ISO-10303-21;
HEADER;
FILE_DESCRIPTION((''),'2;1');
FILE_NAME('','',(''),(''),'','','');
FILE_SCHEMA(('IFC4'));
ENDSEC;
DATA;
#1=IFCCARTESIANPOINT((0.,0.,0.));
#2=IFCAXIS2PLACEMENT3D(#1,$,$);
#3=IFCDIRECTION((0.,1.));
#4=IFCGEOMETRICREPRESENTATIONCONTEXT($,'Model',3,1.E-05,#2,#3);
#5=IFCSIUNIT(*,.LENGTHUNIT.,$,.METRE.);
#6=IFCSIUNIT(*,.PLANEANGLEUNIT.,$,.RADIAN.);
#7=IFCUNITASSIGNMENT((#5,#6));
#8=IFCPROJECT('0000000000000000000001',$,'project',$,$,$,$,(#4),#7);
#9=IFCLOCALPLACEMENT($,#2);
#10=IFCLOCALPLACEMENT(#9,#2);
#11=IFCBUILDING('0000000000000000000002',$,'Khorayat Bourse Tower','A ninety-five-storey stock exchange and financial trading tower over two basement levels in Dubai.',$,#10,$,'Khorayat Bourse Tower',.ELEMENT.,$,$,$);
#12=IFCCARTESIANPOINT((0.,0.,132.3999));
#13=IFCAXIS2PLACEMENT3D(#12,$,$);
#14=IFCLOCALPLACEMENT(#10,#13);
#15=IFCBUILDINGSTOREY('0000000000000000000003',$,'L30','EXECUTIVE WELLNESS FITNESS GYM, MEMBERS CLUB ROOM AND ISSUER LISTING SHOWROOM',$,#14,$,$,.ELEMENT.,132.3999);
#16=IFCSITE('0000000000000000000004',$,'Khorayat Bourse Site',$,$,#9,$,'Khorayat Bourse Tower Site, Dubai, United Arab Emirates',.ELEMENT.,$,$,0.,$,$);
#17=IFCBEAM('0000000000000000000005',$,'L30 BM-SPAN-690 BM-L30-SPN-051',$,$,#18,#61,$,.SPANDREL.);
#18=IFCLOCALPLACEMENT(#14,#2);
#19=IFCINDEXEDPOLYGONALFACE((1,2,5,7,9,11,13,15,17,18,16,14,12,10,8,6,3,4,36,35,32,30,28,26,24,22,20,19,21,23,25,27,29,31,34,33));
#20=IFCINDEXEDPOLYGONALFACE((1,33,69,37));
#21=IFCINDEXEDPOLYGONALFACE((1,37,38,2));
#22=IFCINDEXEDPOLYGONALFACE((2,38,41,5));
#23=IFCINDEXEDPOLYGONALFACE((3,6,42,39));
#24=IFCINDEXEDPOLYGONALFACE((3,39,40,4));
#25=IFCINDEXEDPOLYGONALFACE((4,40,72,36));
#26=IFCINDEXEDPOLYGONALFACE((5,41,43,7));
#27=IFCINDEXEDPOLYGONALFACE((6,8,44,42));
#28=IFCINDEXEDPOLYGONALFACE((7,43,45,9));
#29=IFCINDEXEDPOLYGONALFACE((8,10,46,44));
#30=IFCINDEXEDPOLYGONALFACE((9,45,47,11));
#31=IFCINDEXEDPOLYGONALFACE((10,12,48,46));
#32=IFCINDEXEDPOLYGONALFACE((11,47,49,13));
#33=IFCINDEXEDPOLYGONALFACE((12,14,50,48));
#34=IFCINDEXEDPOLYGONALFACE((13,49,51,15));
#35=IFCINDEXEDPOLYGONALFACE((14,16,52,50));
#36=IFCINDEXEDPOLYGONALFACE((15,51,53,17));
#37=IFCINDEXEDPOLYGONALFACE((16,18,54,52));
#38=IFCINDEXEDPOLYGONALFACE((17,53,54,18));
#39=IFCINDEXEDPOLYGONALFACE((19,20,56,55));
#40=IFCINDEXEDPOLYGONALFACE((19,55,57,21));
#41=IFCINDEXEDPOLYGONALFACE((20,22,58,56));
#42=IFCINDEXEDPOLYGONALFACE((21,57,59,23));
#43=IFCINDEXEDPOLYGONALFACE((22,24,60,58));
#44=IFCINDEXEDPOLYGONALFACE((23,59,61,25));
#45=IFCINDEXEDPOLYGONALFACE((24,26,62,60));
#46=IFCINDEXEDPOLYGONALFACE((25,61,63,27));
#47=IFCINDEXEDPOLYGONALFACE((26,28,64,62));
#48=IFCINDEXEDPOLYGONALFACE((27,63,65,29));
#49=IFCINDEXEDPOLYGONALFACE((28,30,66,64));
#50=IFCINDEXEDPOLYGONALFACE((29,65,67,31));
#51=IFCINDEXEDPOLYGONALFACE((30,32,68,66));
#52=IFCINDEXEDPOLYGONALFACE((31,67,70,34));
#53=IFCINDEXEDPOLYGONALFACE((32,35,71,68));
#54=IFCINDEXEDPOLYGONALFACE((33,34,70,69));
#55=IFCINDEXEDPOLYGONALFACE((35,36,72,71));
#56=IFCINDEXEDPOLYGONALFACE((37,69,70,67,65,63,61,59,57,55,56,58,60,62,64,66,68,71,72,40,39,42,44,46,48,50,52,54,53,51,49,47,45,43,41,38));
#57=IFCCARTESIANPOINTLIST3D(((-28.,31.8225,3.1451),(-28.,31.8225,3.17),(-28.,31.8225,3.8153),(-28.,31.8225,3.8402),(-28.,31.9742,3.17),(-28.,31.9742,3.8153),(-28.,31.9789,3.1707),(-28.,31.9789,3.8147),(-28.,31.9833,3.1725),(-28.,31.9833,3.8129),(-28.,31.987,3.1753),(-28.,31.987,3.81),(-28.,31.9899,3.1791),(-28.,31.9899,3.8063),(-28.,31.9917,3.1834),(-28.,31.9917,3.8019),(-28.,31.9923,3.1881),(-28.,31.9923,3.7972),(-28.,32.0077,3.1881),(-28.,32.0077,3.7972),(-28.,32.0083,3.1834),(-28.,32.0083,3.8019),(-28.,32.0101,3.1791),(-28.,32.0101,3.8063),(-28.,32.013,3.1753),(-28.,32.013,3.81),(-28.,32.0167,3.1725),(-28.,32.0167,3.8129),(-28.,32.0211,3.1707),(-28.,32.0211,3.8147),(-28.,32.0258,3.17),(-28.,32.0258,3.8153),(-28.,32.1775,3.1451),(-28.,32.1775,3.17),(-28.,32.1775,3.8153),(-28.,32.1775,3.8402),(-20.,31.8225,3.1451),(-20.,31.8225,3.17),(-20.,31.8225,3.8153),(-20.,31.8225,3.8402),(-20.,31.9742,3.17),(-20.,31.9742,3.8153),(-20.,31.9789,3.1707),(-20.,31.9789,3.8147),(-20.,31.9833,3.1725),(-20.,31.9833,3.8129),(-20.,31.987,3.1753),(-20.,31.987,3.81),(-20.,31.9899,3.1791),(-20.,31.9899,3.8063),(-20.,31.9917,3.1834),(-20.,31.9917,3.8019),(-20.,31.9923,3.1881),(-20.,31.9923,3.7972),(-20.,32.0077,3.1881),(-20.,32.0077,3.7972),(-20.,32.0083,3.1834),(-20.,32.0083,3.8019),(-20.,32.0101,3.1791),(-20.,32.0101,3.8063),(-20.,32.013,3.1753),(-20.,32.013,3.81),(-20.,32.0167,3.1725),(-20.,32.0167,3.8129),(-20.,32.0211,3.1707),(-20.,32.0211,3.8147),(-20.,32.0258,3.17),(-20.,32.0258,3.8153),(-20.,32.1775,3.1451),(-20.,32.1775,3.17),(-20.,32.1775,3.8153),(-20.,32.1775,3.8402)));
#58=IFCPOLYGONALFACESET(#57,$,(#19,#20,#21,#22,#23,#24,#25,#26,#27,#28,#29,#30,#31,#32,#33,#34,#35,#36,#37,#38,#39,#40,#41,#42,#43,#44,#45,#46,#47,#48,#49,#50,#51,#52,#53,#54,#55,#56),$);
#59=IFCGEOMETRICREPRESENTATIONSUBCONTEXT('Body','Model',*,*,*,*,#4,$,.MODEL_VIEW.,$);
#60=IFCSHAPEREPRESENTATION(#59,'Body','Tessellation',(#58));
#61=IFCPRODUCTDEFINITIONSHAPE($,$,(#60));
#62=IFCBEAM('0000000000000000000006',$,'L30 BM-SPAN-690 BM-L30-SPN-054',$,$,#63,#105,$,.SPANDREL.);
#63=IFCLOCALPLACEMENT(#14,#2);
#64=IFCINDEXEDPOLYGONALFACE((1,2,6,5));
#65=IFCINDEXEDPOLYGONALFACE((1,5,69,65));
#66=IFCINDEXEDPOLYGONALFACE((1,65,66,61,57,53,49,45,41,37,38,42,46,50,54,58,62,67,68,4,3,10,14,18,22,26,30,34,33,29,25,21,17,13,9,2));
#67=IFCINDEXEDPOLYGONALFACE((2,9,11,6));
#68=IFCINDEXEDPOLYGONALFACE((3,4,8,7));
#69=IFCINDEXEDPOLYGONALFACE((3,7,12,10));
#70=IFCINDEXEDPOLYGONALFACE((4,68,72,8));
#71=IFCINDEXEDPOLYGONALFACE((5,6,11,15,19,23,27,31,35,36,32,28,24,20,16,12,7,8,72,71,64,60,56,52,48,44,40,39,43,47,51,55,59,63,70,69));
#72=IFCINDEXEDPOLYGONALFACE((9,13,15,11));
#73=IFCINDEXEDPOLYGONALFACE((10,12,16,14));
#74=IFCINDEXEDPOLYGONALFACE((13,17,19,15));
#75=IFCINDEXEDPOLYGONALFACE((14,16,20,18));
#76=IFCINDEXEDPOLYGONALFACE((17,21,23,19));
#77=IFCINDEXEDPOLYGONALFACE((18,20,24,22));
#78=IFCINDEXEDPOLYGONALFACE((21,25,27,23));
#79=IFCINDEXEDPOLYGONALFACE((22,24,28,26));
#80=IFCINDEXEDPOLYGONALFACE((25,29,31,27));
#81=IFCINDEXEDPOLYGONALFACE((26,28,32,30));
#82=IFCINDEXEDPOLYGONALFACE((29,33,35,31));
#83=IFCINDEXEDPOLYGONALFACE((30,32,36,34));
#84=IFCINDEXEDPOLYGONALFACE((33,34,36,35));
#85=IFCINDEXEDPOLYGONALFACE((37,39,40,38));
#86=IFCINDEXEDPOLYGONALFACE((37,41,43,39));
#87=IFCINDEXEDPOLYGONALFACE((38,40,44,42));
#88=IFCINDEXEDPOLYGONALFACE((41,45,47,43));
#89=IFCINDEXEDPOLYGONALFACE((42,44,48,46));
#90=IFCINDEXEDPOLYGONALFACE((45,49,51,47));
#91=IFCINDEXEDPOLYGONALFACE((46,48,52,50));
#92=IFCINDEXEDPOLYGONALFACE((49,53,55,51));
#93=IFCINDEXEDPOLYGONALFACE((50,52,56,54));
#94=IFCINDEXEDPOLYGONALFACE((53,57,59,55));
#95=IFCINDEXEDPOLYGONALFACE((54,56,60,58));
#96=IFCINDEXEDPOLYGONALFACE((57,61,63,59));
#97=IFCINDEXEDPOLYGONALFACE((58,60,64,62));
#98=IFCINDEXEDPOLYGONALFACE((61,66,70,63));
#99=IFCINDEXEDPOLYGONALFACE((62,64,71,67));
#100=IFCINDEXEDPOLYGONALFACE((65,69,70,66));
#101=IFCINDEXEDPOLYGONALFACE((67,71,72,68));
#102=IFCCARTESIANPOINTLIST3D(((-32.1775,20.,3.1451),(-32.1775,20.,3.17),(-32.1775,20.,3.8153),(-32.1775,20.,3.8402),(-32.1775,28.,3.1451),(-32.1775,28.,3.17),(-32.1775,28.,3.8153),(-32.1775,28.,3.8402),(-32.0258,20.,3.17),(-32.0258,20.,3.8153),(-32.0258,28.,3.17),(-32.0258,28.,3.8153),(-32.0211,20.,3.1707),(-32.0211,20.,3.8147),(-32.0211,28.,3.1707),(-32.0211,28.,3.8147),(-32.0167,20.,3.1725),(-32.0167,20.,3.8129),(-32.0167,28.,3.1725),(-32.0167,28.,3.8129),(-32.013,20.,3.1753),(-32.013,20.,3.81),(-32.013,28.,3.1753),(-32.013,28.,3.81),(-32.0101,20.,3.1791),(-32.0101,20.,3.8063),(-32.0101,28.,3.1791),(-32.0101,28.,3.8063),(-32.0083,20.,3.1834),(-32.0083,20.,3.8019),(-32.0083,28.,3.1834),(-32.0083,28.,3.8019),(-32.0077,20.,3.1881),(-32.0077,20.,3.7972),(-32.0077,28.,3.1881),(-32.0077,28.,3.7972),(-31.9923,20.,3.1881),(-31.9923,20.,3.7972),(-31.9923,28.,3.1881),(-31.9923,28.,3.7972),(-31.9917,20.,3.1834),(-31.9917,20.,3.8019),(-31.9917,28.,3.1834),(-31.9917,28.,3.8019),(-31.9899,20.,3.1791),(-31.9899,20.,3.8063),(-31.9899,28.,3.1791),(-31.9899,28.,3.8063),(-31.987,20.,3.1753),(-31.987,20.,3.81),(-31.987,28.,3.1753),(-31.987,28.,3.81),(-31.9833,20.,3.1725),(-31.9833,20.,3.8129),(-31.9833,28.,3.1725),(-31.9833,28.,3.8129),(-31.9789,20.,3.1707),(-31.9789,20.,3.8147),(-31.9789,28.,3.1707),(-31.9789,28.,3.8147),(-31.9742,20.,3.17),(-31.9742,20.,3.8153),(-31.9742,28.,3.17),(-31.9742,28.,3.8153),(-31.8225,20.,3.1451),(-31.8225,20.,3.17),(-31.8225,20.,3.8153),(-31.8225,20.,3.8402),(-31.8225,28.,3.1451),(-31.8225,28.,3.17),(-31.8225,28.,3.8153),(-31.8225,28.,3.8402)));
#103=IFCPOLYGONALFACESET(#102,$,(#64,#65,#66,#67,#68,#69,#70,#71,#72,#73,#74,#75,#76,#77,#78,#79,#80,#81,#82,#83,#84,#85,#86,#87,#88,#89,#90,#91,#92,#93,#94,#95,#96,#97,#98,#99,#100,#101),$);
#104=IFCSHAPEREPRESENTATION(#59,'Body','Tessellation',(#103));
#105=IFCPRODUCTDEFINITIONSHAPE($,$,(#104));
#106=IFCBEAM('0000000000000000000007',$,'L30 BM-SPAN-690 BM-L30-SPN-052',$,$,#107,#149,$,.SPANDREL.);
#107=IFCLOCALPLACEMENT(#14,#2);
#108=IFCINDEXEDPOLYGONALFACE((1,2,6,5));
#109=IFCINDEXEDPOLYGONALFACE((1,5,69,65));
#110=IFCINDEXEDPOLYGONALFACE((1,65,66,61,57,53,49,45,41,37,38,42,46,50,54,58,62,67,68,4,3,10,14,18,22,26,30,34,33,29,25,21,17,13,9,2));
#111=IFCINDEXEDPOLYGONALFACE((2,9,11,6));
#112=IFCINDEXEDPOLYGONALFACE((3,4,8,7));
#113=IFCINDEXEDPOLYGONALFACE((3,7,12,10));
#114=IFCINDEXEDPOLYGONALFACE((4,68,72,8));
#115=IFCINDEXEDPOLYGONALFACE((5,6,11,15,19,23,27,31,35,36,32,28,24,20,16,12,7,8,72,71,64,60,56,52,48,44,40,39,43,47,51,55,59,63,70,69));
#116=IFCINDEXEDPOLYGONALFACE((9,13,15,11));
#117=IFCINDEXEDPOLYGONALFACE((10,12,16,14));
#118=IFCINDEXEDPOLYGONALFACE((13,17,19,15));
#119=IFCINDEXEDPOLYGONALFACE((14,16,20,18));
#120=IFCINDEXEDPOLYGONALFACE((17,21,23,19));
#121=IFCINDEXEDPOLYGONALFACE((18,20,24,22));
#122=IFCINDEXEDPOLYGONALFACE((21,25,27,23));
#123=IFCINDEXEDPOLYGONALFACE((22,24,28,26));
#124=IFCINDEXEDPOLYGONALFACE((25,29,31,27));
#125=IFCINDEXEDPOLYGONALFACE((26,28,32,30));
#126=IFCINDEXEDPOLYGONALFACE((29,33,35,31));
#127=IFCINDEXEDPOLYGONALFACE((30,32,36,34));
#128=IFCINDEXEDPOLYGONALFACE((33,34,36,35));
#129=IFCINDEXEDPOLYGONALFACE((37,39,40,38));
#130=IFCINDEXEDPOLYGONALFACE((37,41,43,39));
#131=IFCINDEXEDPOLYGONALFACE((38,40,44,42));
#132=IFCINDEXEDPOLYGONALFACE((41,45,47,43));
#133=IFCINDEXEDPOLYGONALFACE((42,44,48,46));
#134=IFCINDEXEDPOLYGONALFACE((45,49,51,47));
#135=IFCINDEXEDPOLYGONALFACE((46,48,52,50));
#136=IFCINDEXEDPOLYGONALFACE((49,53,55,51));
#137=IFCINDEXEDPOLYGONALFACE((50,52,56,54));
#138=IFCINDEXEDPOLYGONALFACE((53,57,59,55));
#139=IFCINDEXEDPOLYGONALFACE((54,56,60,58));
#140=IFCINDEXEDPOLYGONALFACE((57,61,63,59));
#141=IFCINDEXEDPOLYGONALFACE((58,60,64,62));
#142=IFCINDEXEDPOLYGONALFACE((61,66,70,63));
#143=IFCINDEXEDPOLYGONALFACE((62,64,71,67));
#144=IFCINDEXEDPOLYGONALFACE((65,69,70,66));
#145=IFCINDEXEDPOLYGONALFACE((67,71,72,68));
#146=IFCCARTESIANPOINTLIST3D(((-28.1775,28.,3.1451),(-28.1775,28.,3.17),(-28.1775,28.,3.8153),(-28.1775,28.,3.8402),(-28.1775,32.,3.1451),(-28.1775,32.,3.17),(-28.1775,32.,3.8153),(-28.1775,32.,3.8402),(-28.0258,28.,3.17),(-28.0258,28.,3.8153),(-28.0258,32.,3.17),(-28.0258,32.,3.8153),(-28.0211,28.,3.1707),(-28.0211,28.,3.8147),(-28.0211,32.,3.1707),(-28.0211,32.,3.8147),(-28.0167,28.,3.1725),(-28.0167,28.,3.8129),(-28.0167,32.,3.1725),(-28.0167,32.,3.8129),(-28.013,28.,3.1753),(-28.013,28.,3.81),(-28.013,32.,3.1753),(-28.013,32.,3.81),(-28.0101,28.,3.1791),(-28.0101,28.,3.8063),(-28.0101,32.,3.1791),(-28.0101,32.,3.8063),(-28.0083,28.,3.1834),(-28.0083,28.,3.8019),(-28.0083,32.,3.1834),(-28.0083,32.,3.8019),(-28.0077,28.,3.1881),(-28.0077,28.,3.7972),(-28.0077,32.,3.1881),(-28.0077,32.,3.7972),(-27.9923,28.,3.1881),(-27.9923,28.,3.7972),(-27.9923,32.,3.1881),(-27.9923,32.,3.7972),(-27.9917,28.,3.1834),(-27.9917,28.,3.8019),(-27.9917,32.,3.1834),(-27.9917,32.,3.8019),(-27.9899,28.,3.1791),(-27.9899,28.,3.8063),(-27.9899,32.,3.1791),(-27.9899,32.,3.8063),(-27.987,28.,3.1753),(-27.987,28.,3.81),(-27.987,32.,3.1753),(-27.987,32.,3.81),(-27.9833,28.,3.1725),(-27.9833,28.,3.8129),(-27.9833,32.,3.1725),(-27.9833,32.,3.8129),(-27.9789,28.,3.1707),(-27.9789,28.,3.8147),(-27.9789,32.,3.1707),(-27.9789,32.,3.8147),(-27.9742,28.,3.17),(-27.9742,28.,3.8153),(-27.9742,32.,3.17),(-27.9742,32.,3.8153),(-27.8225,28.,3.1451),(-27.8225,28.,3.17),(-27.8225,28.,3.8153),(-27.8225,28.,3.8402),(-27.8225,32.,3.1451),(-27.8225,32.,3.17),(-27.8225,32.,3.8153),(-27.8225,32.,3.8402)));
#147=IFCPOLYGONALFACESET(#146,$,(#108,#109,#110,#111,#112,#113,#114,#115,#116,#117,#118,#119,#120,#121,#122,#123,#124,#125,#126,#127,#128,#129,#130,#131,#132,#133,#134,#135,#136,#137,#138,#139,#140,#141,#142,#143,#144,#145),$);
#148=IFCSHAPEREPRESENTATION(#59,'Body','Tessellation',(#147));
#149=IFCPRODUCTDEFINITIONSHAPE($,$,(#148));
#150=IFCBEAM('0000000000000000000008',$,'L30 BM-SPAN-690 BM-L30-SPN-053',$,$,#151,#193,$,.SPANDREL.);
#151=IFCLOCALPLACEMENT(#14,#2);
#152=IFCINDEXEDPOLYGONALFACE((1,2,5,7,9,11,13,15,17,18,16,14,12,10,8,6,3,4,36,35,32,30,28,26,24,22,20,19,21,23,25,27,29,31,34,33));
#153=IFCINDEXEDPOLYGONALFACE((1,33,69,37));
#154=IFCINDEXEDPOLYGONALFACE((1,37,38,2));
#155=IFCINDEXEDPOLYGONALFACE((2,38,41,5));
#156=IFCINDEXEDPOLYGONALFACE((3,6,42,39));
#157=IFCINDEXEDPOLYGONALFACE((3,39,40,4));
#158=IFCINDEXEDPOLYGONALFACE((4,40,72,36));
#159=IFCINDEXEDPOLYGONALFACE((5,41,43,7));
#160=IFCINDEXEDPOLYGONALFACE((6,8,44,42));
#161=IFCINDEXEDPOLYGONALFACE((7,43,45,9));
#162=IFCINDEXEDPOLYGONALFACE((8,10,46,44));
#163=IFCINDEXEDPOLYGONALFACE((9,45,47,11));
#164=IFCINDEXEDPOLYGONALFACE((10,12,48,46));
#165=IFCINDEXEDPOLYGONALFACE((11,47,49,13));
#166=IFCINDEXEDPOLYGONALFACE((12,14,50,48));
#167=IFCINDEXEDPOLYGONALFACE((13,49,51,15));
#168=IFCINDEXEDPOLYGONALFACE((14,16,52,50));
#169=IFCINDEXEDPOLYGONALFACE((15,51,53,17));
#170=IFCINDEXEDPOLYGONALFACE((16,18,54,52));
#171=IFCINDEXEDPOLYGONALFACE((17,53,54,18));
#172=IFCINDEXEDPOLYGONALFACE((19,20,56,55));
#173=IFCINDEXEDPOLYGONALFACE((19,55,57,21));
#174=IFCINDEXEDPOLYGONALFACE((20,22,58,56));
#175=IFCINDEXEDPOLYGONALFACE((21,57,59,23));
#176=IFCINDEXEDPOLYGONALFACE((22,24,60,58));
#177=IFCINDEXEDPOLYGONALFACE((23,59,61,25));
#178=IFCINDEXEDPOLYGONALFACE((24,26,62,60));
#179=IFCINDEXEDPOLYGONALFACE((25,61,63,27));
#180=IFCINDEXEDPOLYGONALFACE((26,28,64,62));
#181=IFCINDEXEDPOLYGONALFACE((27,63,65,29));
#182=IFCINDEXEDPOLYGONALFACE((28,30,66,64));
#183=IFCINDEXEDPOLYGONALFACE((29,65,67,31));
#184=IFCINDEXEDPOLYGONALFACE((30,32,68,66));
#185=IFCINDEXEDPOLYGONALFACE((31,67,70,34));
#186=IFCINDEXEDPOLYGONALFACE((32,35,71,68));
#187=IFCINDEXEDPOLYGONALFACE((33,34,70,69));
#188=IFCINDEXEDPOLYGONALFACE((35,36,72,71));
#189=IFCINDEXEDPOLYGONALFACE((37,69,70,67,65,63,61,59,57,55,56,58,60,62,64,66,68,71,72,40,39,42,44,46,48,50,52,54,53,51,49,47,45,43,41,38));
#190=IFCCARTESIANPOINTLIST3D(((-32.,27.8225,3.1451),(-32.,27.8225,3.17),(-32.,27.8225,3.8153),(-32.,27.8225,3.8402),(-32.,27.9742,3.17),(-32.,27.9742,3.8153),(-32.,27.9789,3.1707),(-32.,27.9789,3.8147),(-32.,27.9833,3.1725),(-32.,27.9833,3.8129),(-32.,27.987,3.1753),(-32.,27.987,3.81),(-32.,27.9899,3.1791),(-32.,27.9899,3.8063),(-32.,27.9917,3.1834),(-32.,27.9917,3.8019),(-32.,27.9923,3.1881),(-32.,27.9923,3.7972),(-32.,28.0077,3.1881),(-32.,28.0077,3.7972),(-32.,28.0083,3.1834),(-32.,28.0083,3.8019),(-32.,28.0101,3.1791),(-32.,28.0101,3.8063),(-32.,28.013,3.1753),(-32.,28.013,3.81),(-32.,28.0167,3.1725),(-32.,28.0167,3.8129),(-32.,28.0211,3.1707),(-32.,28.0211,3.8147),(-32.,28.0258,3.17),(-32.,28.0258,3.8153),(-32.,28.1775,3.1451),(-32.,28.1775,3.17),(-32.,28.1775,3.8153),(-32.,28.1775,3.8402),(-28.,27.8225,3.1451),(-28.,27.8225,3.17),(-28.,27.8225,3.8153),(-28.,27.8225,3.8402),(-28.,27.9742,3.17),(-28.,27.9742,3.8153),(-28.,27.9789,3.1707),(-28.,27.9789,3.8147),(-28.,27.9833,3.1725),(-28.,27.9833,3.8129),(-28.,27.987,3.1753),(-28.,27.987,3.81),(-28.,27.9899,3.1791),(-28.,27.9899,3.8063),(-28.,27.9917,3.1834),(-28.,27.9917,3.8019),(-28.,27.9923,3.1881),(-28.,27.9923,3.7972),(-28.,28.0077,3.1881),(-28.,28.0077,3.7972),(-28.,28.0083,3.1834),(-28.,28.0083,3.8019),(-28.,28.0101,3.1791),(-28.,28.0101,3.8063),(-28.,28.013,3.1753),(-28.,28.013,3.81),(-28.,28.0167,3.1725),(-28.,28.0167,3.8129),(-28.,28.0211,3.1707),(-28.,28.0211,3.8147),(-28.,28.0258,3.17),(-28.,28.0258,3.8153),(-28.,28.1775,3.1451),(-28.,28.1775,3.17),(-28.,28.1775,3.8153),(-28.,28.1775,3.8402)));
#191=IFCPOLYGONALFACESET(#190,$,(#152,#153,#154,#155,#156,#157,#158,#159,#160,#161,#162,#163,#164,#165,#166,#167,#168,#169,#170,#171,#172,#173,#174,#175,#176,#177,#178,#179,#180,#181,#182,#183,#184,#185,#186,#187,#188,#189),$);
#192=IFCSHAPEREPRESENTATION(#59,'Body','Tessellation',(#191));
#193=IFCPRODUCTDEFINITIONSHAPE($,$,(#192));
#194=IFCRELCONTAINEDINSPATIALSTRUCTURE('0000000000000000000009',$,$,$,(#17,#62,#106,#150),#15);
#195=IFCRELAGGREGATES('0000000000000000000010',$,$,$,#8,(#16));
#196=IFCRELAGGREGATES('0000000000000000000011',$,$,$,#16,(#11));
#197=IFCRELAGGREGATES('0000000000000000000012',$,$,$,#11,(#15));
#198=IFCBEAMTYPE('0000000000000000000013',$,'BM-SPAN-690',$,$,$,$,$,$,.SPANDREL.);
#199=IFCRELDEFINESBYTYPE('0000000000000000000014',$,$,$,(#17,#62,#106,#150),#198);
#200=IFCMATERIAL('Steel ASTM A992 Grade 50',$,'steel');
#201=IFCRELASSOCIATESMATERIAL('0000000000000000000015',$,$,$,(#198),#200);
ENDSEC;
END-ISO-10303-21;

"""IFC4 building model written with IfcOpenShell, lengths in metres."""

from ifc_helpers import new_model, si_unit, direction, frame, origin, origin_2d, place, context, subcontext, project, spatial, i_section, extrude, source, transform, mapped, material, material_profile, profile_set, type_object, element, save


model = new_model("IFC4")

# Units and contexts
model_context = context("Model", 3, precision=1e-05, world=origin(), true_north=direction((0.0, 1.0)))
body_context = subcontext(model_context, "Body", "Model", "MODEL_VIEW")
ifc_project = project(units=[si_unit("LENGTHUNIT", "METRE"), si_unit("PLANEANGLEUNIT", "RADIAN")], contexts=[model_context])

# Site, building, storey
site_placement = place(None, origin())
site = spatial("IfcSite", under=ifc_project, at=site_placement, Name="Khorayat Bourse Site", LongName="Khorayat Bourse Tower Site, Dubai, United Arab Emirates", CompositionType="ELEMENT", RefElevation=0.0)
building_placement = place(site_placement, origin())
building = spatial("IfcBuilding", under=site, at=building_placement, Name="Khorayat Bourse Tower", Description="A ninety-five-storey stock exchange and financial trading tower over two basement levels in Dubai.", LongName="Khorayat Bourse Tower", CompositionType="ELEMENT")
storey_placement = place(building_placement, frame((0.0, 0.0, 132.3999)))
storey = spatial("IfcBuildingStorey", under=building, at=storey_placement, Name="L30", Description="EXECUTIVE WELLNESS FITNESS GYM, MEMBERS CLUB ROOM AND ISSUER LISTING SHOWROOM", CompositionType="ELEMENT", Elevation=132.3999)

# Beams
ifc_material_1 = material(Name="Steel ASTM A992 Grade 50", Category="steel")
ifc_material_profile_1 = material_profile(ifc_material_1, i_section(OverallWidth=0.355, OverallDepth=0.6951, WebThickness=0.0154, FlangeThickness=0.0249, FilletRadius=0.0181, at=origin_2d()), Name="W690X217")
ifc_profile_set_1 = profile_set([ifc_material_profile_1], Name="Steel ASTM A992 Grade 50")
beam_type_1 = type_object("IfcBeamType", Name="BM-SPAN-690", PredefinedType="SPANDREL", material=ifc_profile_set_1)
shared_shape_1 = source(origin(), body_context, "Body", "SweptSolid", [
    extrude(i_section(OverallWidth=0.355, OverallDepth=0.6951, WebThickness=0.0154, FlangeThickness=0.0249, FilletRadius=0.0181, at=origin_2d()), origin(), (0.0, 0.0, 1.0), 8.0),
])
for number, where, z_axis, x_axis, name in (
    (1, (-28.0, 32.0, 3.4927), (1.0, 0.0, 0.0), (0.0, 1.0, 0.0), "L30 BM-SPAN-690 BM-L30-SPN-051"),
    (2, (-32.0, 20.0, 3.4927), (0.0, 1.0, 0.0), (-1.0, 0.0, 0.0), "L30 BM-SPAN-690 BM-L30-SPN-054"),
):
    element("IfcBeam", number, at=place(storey_placement, frame(where, z_axis=z_axis, x_axis=x_axis)), inside=storey, type_object=beam_type_1, Name=name, PredefinedType="SPANDREL", context=body_context, shape_type="MappedRepresentation", body=[
        mapped(shared_shape_1, transform((0.0, 0.0, 0.0), scale=1.0)),
    ])
shared_shape_2 = source(origin(), body_context, "Body", "SweptSolid", [
    extrude(i_section(OverallWidth=0.355, OverallDepth=0.6951, WebThickness=0.0154, FlangeThickness=0.0249, FilletRadius=0.0181, at=origin_2d()), origin(), (0.0, 0.0, 1.0), 4.0),
])
for number, where, z_axis, x_axis, name in (
    (3, (-28.0, 28.0, 3.4927), (0.0, 1.0, 0.0), (-1.0, 0.0, 0.0), "L30 BM-SPAN-690 BM-L30-SPN-052"),
    (4, (-32.0, 28.0, 3.4927), (1.0, 0.0, 0.0), (0.0, 1.0, 0.0), "L30 BM-SPAN-690 BM-L30-SPN-053"),
):
    element("IfcBeam", number, at=place(storey_placement, frame(where, z_axis=z_axis, x_axis=x_axis)), inside=storey, type_object=beam_type_1, Name=name, PredefinedType="SPANDREL", context=body_context, shape_type="MappedRepresentation", body=[
        mapped(shared_shape_2, transform((0.0, 0.0, 0.0), scale=1.0)),
    ])

save(model, "model.ifc")
